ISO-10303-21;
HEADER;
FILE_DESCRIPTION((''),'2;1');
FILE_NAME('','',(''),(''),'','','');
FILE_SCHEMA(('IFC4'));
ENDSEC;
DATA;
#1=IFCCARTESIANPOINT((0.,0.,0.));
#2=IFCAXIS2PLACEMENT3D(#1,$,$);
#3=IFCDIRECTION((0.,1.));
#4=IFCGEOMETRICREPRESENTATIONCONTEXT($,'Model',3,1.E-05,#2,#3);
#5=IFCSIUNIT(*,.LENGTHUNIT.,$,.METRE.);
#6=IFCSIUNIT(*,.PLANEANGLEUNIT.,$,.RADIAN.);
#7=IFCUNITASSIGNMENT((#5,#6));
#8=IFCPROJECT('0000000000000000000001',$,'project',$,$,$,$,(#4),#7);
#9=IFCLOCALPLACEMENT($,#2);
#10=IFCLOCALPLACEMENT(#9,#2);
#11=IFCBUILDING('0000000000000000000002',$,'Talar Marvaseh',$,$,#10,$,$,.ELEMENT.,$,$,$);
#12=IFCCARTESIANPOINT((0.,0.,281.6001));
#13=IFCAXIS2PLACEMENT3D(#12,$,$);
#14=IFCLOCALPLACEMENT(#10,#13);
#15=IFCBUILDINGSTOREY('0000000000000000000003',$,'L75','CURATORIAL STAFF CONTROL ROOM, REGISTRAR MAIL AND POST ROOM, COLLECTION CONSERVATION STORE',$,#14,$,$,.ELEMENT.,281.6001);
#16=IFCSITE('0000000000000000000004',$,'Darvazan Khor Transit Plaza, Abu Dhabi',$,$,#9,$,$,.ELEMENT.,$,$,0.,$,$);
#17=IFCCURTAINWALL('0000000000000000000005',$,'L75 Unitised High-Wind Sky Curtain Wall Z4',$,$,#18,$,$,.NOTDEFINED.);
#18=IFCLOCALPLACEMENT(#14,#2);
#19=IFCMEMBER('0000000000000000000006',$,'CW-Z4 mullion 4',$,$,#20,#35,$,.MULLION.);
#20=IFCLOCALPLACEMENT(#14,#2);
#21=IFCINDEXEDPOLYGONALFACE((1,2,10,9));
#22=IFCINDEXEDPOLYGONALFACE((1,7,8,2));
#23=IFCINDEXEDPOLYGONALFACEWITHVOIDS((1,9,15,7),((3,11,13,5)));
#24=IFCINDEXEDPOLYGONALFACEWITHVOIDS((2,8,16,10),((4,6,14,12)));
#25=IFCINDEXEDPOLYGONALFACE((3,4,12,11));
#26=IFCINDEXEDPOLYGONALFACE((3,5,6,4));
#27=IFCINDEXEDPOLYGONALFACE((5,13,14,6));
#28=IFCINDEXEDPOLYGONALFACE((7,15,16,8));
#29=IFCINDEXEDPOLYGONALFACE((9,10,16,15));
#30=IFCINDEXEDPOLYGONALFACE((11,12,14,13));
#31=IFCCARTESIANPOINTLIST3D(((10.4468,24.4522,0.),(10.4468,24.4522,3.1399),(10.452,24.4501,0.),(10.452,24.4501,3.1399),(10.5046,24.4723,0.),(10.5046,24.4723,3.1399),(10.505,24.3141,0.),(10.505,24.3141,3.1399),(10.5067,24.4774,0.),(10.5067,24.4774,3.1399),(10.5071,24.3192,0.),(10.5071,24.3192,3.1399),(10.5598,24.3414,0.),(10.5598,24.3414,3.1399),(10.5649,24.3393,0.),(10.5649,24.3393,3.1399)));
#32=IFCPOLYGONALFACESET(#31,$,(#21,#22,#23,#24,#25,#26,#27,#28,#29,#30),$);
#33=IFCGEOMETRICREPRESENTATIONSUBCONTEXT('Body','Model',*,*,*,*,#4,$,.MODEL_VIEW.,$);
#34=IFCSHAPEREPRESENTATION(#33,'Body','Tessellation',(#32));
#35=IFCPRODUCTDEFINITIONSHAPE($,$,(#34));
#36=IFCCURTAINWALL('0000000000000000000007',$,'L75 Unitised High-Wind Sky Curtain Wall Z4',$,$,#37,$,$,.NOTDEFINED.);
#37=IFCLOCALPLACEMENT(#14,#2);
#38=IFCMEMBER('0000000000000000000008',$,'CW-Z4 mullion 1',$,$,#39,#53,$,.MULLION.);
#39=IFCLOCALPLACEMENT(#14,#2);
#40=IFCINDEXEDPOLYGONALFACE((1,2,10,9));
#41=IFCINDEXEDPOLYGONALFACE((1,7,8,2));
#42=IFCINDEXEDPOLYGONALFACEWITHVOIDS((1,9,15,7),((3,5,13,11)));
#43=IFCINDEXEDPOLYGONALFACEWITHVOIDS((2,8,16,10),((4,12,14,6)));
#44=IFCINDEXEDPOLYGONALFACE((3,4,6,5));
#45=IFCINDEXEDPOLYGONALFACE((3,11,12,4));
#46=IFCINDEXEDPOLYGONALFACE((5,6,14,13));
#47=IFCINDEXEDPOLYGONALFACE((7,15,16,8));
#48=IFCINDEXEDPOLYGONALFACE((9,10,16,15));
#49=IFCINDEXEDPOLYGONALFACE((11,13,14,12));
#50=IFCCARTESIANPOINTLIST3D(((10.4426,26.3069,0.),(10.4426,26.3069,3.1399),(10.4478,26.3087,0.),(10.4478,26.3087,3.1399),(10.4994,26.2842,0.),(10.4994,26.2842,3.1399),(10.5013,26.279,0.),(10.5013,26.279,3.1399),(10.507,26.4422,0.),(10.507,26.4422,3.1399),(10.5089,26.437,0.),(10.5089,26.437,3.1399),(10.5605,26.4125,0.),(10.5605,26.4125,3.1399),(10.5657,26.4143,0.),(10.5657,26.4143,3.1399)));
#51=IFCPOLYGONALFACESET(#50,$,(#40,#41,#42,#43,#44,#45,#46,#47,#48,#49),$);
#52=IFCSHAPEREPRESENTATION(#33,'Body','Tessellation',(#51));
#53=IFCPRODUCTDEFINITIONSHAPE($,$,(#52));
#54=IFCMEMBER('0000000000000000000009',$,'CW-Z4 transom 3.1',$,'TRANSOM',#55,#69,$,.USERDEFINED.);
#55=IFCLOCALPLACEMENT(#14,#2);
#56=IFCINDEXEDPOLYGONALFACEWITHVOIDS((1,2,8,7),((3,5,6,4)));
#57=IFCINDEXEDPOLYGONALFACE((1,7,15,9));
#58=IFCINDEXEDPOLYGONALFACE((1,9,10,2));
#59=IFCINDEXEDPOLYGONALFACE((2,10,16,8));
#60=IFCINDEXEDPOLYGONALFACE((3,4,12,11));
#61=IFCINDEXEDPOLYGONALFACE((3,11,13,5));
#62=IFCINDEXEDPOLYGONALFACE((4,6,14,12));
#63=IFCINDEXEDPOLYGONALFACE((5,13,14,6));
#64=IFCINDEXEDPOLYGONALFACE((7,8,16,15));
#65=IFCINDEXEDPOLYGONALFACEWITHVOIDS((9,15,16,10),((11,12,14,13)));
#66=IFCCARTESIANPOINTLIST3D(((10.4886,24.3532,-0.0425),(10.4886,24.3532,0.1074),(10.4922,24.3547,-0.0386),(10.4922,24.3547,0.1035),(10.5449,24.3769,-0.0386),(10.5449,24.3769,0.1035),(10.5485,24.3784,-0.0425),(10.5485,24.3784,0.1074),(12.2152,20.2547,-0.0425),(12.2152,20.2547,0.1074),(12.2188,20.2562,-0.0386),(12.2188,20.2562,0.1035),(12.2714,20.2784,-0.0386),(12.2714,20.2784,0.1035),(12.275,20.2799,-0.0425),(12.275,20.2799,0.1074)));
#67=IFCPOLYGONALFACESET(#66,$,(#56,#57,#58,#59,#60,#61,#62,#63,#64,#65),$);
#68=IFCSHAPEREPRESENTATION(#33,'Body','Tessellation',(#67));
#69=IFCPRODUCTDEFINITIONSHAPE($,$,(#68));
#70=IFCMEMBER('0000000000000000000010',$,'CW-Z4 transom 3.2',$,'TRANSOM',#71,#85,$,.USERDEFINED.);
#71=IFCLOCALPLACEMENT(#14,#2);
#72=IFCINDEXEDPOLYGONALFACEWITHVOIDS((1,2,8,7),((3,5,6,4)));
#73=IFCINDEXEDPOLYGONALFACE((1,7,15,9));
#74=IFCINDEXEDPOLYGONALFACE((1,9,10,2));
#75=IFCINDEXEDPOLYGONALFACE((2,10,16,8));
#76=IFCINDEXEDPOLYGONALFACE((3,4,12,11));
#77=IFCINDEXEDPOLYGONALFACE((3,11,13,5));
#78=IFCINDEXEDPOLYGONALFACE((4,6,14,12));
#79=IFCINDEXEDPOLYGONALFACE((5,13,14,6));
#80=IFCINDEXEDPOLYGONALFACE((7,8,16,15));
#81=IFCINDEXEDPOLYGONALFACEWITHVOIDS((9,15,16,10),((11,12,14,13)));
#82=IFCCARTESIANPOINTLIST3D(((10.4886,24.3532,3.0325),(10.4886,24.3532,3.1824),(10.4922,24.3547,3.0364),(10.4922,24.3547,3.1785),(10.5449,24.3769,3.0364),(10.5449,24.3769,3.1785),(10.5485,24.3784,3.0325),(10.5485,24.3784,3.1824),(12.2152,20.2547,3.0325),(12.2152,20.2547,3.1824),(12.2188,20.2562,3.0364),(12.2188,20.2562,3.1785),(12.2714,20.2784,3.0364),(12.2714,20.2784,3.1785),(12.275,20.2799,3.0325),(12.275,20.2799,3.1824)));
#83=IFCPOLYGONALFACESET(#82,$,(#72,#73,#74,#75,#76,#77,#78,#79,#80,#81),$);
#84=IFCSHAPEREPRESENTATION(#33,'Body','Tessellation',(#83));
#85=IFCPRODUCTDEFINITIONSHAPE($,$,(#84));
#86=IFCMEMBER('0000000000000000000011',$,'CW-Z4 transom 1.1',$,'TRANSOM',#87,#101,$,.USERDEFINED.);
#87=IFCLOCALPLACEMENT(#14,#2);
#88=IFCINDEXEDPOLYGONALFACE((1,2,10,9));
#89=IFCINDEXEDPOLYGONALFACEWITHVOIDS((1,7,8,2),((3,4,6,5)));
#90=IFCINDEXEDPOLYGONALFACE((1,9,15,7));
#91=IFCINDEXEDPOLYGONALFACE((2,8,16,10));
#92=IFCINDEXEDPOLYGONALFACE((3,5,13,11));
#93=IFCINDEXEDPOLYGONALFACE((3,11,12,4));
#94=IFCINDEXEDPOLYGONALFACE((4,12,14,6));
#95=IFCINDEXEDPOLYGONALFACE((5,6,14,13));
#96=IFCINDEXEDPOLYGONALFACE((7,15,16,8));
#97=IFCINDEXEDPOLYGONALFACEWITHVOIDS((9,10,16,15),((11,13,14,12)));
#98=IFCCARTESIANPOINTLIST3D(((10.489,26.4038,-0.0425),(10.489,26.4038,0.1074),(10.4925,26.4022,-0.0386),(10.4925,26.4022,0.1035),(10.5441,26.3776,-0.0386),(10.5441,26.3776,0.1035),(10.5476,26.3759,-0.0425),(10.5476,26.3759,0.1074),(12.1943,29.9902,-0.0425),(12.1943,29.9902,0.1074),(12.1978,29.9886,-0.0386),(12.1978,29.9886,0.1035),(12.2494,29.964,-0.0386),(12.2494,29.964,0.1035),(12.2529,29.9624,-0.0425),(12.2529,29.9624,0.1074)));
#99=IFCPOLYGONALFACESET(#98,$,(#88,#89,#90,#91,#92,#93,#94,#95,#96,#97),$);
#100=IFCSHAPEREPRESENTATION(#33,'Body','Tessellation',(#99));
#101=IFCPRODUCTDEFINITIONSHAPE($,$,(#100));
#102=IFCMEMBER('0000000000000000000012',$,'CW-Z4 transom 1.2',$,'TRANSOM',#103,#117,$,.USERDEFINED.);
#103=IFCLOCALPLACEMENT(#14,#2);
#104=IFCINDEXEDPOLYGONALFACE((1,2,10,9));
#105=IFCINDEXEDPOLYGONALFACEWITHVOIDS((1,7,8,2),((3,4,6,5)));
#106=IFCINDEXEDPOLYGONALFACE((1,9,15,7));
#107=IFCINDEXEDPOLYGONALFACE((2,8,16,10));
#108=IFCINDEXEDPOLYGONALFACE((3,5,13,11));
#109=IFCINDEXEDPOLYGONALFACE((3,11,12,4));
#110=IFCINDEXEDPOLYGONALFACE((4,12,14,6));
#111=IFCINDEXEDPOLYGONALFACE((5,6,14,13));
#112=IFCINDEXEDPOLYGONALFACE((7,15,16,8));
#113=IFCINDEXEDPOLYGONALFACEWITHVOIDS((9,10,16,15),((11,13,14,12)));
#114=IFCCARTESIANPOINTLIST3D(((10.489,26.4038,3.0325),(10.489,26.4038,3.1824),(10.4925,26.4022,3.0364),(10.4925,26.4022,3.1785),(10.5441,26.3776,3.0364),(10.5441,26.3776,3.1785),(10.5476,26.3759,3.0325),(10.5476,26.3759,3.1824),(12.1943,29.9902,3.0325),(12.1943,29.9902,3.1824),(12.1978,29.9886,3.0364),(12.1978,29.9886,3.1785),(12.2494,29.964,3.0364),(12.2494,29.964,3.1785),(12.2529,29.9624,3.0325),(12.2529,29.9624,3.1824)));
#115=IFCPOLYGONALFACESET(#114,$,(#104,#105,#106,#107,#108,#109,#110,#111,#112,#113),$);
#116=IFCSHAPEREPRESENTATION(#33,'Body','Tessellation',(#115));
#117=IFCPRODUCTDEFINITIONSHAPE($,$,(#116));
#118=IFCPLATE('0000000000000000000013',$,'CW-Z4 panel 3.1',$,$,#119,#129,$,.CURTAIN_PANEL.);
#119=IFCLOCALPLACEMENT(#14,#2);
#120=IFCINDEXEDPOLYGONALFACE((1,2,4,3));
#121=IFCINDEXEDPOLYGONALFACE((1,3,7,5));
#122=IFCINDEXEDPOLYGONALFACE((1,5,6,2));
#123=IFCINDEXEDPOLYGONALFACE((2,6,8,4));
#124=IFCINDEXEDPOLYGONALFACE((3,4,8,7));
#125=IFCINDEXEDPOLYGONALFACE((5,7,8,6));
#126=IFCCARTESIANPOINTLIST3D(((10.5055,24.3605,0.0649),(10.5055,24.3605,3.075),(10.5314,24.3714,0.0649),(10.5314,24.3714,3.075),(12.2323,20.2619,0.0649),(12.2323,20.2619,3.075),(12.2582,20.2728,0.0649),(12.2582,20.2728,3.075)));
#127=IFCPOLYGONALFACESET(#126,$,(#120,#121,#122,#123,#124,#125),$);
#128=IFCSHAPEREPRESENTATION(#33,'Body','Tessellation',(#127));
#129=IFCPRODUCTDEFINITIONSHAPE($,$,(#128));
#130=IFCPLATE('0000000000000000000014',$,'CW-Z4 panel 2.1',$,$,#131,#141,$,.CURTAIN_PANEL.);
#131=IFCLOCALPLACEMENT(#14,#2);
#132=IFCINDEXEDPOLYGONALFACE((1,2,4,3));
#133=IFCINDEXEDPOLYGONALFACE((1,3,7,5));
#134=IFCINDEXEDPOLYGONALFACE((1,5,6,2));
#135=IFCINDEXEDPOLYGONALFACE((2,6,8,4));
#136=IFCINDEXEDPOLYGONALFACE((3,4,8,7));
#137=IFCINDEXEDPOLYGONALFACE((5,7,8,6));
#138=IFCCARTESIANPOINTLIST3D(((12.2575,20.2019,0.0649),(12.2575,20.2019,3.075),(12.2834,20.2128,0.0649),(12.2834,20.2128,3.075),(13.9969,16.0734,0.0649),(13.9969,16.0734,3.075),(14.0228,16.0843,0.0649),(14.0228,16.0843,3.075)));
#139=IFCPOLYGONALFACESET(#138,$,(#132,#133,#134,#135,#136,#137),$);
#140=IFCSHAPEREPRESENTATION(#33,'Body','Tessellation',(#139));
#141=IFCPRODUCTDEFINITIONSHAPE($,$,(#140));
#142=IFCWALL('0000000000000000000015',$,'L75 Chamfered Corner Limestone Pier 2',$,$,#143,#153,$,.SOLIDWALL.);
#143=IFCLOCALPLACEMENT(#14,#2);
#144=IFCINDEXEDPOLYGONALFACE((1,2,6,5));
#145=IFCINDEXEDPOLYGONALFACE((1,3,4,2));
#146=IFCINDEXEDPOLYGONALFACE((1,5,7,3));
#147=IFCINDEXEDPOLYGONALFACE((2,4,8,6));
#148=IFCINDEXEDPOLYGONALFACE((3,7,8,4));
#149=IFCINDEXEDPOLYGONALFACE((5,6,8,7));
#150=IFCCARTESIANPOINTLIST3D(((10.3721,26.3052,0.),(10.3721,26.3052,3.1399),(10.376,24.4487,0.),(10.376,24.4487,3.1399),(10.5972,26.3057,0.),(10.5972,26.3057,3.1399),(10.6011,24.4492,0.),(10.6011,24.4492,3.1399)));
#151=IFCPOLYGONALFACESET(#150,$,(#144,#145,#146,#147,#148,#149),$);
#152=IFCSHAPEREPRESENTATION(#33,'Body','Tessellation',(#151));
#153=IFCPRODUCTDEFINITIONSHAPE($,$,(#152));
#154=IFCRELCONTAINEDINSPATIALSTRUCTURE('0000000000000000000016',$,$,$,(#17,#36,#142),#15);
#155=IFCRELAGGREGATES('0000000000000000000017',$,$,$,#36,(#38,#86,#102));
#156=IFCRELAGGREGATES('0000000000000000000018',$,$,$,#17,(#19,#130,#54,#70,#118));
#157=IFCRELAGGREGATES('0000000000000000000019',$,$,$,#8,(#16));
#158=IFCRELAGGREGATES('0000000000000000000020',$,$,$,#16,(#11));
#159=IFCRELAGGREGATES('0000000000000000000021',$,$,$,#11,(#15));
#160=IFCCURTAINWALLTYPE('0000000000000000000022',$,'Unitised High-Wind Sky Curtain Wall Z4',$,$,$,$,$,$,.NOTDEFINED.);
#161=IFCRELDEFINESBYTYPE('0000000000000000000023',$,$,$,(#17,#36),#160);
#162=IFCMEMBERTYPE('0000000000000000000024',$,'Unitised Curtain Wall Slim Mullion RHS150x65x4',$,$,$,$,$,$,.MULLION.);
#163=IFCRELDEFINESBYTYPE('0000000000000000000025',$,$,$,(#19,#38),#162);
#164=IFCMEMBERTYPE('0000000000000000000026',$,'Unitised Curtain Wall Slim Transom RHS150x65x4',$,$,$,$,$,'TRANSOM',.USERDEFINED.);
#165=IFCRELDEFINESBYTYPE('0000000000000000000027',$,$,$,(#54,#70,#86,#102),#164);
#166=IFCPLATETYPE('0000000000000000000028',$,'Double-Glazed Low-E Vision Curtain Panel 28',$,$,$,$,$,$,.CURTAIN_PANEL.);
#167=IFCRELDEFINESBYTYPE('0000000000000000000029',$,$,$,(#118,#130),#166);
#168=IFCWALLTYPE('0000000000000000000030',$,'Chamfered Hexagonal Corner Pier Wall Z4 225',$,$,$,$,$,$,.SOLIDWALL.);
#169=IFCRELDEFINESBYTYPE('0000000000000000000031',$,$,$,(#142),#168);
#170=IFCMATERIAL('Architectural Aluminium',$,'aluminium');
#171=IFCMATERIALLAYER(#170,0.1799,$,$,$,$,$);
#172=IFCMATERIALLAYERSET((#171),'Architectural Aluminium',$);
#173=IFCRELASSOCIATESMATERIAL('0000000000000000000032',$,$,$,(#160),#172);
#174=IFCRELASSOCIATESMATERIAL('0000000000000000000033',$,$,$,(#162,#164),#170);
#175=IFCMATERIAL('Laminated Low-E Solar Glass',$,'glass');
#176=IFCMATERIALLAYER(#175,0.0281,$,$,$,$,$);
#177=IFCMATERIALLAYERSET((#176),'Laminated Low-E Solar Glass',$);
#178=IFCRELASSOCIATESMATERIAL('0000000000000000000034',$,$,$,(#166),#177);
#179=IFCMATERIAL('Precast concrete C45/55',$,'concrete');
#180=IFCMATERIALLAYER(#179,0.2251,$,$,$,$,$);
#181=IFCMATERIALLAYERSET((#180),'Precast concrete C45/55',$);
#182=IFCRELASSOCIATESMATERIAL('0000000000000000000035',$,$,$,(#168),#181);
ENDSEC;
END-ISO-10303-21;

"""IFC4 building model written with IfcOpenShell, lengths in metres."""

from ifc_helpers import new_model, si_unit, direction, frame, frame_2d, origin, origin_2d, place, context, subcontext, project, spatial, rectangle, hollow_rectangle, extrude, source, transform, mapped, material, layer, layer_set, material_profile, profile_set, type_object, type_shapes, element, aggregate, save


model = new_model("IFC4")

# Units and contexts
model_context = context("Model", 3, precision=1e-05, world=origin(), true_north=direction((0.0, 1.0)))
body_context = subcontext(model_context, "Body", "Model", "MODEL_VIEW")
ifc_project = project(units=[si_unit("LENGTHUNIT", "METRE"), si_unit("PLANEANGLEUNIT", "RADIAN")], contexts=[model_context])

# Site, building, storey
site_placement = place(None, origin())
site = spatial("IfcSite", under=ifc_project, at=site_placement, Name="Darvazan Khor Transit Plaza, Abu Dhabi", CompositionType="ELEMENT", RefElevation=0.0)
building_placement = place(site_placement, origin())
building = spatial("IfcBuilding", under=site, at=building_placement, Name="Talar Marvaseh", CompositionType="ELEMENT")
storey_placement = place(building_placement, frame((0.0, 0.0, 281.6001)))
storey = spatial("IfcBuildingStorey", under=building, at=storey_placement, Name="L75", Description="CURATORIAL STAFF CONTROL ROOM, REGISTRAR MAIL AND POST ROOM, COLLECTION CONSERVATION STORE", CompositionType="ELEMENT", Elevation=281.6001)

# Curtain wall, member
ifc_material_1 = material(Name="Architectural Aluminium", Category="aluminium")
ifc_layer_1 = layer(ifc_material_1, 0.1799)
ifc_layer_set_1 = layer_set([ifc_layer_1], Name="Architectural Aluminium")
curtain_wall_type = type_object("IfcCurtainWallType", Name="Unitised High-Wind Sky Curtain Wall Z4", PredefinedType="NOTDEFINED", material=ifc_layer_set_1)
curtain_wall_1_placement = place(storey_placement, origin())
curtain_wall_1 = element("IfcCurtainWall", 1, at=curtain_wall_1_placement, inside=storey, type_object=curtain_wall_type, Name="L75 Unitised High-Wind Sky Curtain Wall Z4", PredefinedType="NOTDEFINED")
ifc_material_profile_1 = material_profile(ifc_material_1, hollow_rectangle(XDim=0.0649, YDim=0.1499, WallThickness=0.0039, at=origin_2d()), Name="RHS150x65x4")
ifc_profile_set_1 = profile_set([ifc_material_profile_1], Name="Architectural Aluminium")
member_type_1 = type_object("IfcMemberType", Name="Unitised Curtain Wall Slim Mullion RHS150x65x4", PredefinedType="MULLION", material=ifc_profile_set_1)
shared_shape_1 = source(origin(), body_context, "Body", "SweptSolid", [
    extrude(hollow_rectangle(XDim=0.0649, YDim=0.1499, WallThickness=0.0039, at=origin_2d()), origin(), (0.0, 0.0, 1.0), 3.1399),
])
type_shapes(member_type_1, [shared_shape_1])
member_1_placement = place(storey_placement, frame((10.5059, 24.3958, 0.0), z_axis=(0.0, 0.0, 1.0), x_axis=(-0.921551, -0.388258, 0.0)))
member_1 = element("IfcMember", 2, at=member_1_placement, type_object=member_type_1, Name="CW-Z4 mullion 4", PredefinedType="MULLION", context=body_context, shape_type="MappedRepresentation", body=[
    mapped(shared_shape_1, transform((0.0, 0.0, 0.0), x_axis=(1.0, 0.0, 0.0), y_axis=(0.0, 1.0, 0.0), z_axis=(0.0, 0.0, 1.0), scale=1.0)),
])

# Curtain wall, member
curtain_wall_2_placement = place(storey_placement, origin())
curtain_wall_2 = element("IfcCurtainWall", 3, at=curtain_wall_2_placement, inside=storey, type_object=curtain_wall_type, Name="L75 Unitised High-Wind Sky Curtain Wall Z4", PredefinedType="NOTDEFINED")
member_2_placement = place(storey_placement, frame((10.5042, 26.3606, 0.0), z_axis=(0.0, 0.0, 1.0), x_axis=(-0.903096, 0.42944, 0.0)))
member_2 = element("IfcMember", 4, at=member_2_placement, type_object=member_type_1, Name="CW-Z4 mullion 1", PredefinedType="MULLION", context=body_context, shape_type="MappedRepresentation", body=[
    mapped(shared_shape_1, transform((0.0, 0.0, 0.0), x_axis=(1.0, 0.0, 0.0), y_axis=(0.0, 1.0, 0.0), z_axis=(0.0, 0.0, 1.0), scale=1.0)),
])

# Members
ifc_material_profile_2 = material_profile(ifc_material_1, hollow_rectangle(XDim=0.0649, YDim=0.1499, WallThickness=0.0039, at=origin_2d()), Name="RHS150x65x4")
ifc_profile_set_2 = profile_set([ifc_material_profile_2], Name="Architectural Aluminium")
member_type_2 = type_object("IfcMemberType", Name="Unitised Curtain Wall Slim Transom RHS150x65x4", ElementType="TRANSOM", PredefinedType="USERDEFINED", material=ifc_profile_set_2)
shared_shape_2 = source(origin(), body_context, "Body", "SweptSolid", [
    extrude(hollow_rectangle(XDim=0.0649, YDim=0.1499, WallThickness=0.0039, at=origin_2d()), origin(), (0.0, 0.0, 1.0), 4.4473),
])
member_3_placement = place(storey_placement, frame((12.2451, 20.2673, 0.0325), z_axis=(-0.388234, 0.921561, 0.0), x_axis=(-0.921561, -0.388234, 0.0)))
member_3 = element("IfcMember", 5, at=member_3_placement, type_object=member_type_2, Name="CW-Z4 transom 3.1", ObjectType="TRANSOM", PredefinedType="USERDEFINED", context=body_context, shape_type="MappedRepresentation", body=[
    mapped(shared_shape_2, transform((0.0, 0.0, 0.0), x_axis=(1.0, 0.0, 0.0), y_axis=(0.0, 1.0, 0.0), z_axis=(0.0, 0.0, 1.0), scale=1.0)),
])
member_4_placement = place(storey_placement, frame((12.2451, 20.2673, 3.1074), z_axis=(-0.388234, 0.921561, 0.0), x_axis=(-0.921561, -0.388234, 0.0)))
member_4 = element("IfcMember", 6, at=member_4_placement, type_object=member_type_2, Name="CW-Z4 transom 3.2", ObjectType="TRANSOM", PredefinedType="USERDEFINED", context=body_context, shape_type="MappedRepresentation", body=[
    mapped(shared_shape_2, transform((0.0, 0.0, 0.0), x_axis=(1.0, 0.0, 0.0), y_axis=(0.0, 1.0, 0.0), z_axis=(0.0, 0.0, 1.0), scale=1.0)),
])
shared_shape_3 = source(origin(), body_context, "Body", "SweptSolid", [
    extrude(hollow_rectangle(XDim=0.0649, YDim=0.1499, WallThickness=0.0039, at=origin_2d()), origin(), (0.0, 0.0, 1.0), 3.9712),
])
type_shapes(member_type_2, [shared_shape_2, shared_shape_3])
member_5_placement = place(storey_placement, frame((10.5183, 26.3899, 0.0325), z_axis=(0.42942, 0.903105, 0.0), x_axis=(-0.903105, 0.42942, 0.0)))
member_5 = element("IfcMember", 7, at=member_5_placement, type_object=member_type_2, Name="CW-Z4 transom 1.1", ObjectType="TRANSOM", PredefinedType="USERDEFINED", context=body_context, shape_type="MappedRepresentation", body=[
    mapped(shared_shape_3, transform((0.0, 0.0, 0.0), x_axis=(1.0, 0.0, 0.0), y_axis=(0.0, 1.0, 0.0), z_axis=(0.0, 0.0, 1.0), scale=1.0)),
])
member_6_placement = place(storey_placement, frame((10.5183, 26.3899, 3.1074), z_axis=(0.42942, 0.903105, 0.0), x_axis=(-0.903105, 0.42942, 0.0)))
member_6 = element("IfcMember", 8, at=member_6_placement, type_object=member_type_2, Name="CW-Z4 transom 1.2", ObjectType="TRANSOM", PredefinedType="USERDEFINED", context=body_context, shape_type="MappedRepresentation", body=[
    mapped(shared_shape_3, transform((0.0, 0.0, 0.0), x_axis=(1.0, 0.0, 0.0), y_axis=(0.0, 1.0, 0.0), z_axis=(0.0, 0.0, 1.0), scale=1.0)),
])
aggregate(curtain_wall_2, [member_2, member_5, member_6])

# Plates
ifc_material_2 = material(Name="Laminated Low-E Solar Glass", Category="glass")
ifc_layer_2 = layer(ifc_material_2, 0.0281)
ifc_layer_set_2 = layer_set([ifc_layer_2], Name="Laminated Low-E Solar Glass")
plate_type = type_object("IfcPlateType", Name="Double-Glazed Low-E Vision Curtain Panel 28", PredefinedType="CURTAIN_PANEL", material=ifc_layer_set_2)
shared_shape_4 = source(origin(), body_context, "Body", "SweptSolid", [
    extrude(rectangle(XDim=4.4475, YDim=0.0281, at=origin_2d()), origin(), (0.0, 0.0, 1.0), 3.01),
])
plate_1_placement = place(storey_placement, frame((11.3818, 22.3167, 0.0649), z_axis=(0.0, 0.0, 1.0), x_axis=(-0.388258, 0.921551, 0.0)))
plate_1 = element("IfcPlate", 9, at=plate_1_placement, type_object=plate_type, Name="CW-Z4 panel 3.1", PredefinedType="CURTAIN_PANEL", context=body_context, shape_type="MappedRepresentation", body=[
    mapped(shared_shape_4, transform((0.0, 0.0, 0.0), x_axis=(1.0, 0.0, 0.0), y_axis=(0.0, 1.0, 0.0), z_axis=(0.0, 0.0, 1.0), scale=1.0)),
])
shared_shape_5 = source(origin(), body_context, "Body", "SweptSolid", [
    extrude(rectangle(XDim=4.48, YDim=0.0281, at=origin_2d()), origin(), (0.0, 0.0, 1.0), 3.01),
])
type_shapes(plate_type, [shared_shape_4, shared_shape_5])
plate_2_placement = place(storey_placement, frame((13.1401, 18.1431, 0.0649), z_axis=(0.0, 0.0, 1.0), x_axis=(-0.388258, 0.921551, 0.0)))
plate_2 = element("IfcPlate", 10, at=plate_2_placement, type_object=plate_type, Name="CW-Z4 panel 2.1", PredefinedType="CURTAIN_PANEL", context=body_context, shape_type="MappedRepresentation", body=[
    mapped(shared_shape_5, transform((0.0, 0.0, 0.0), x_axis=(1.0, 0.0, 0.0), y_axis=(0.0, 1.0, 0.0), z_axis=(0.0, 0.0, 1.0), scale=1.0)),
])
aggregate(curtain_wall_1, [member_1, plate_2, member_3, member_4, plate_1])

# Wall
ifc_material_3 = material(Name="Precast concrete C45/55", Category="concrete")
ifc_layer_3 = layer(ifc_material_3, 0.2251)
ifc_layer_set_3 = layer_set([ifc_layer_3], Name="Precast concrete C45/55")
wall_type_1 = type_object("IfcWallType", Name="Chamfered Hexagonal Corner Pier Wall Z4 225", PredefinedType="SOLIDWALL", material=ifc_layer_set_3)
wall_1_placement = place(storey_placement, frame((10.4885, 24.449, 0.0), z_axis=(0.0, 0.0, 1.0), x_axis=(-0.002104, 0.999998, 0.0)))
element("IfcWall", 11, at=wall_1_placement, inside=storey, type_object=wall_type_1, Name="L75 Chamfered Corner Limestone Pier 2", PredefinedType="SOLIDWALL", context=body_context, shape_type="SweptSolid", body=[
    extrude(rectangle(XDim=1.8564, YDim=0.2251, at=frame_2d((0.9282, 0.0))), origin(), (0.0, 0.0, 1.0), 3.1399),
])

save(model, "model.ifc")
